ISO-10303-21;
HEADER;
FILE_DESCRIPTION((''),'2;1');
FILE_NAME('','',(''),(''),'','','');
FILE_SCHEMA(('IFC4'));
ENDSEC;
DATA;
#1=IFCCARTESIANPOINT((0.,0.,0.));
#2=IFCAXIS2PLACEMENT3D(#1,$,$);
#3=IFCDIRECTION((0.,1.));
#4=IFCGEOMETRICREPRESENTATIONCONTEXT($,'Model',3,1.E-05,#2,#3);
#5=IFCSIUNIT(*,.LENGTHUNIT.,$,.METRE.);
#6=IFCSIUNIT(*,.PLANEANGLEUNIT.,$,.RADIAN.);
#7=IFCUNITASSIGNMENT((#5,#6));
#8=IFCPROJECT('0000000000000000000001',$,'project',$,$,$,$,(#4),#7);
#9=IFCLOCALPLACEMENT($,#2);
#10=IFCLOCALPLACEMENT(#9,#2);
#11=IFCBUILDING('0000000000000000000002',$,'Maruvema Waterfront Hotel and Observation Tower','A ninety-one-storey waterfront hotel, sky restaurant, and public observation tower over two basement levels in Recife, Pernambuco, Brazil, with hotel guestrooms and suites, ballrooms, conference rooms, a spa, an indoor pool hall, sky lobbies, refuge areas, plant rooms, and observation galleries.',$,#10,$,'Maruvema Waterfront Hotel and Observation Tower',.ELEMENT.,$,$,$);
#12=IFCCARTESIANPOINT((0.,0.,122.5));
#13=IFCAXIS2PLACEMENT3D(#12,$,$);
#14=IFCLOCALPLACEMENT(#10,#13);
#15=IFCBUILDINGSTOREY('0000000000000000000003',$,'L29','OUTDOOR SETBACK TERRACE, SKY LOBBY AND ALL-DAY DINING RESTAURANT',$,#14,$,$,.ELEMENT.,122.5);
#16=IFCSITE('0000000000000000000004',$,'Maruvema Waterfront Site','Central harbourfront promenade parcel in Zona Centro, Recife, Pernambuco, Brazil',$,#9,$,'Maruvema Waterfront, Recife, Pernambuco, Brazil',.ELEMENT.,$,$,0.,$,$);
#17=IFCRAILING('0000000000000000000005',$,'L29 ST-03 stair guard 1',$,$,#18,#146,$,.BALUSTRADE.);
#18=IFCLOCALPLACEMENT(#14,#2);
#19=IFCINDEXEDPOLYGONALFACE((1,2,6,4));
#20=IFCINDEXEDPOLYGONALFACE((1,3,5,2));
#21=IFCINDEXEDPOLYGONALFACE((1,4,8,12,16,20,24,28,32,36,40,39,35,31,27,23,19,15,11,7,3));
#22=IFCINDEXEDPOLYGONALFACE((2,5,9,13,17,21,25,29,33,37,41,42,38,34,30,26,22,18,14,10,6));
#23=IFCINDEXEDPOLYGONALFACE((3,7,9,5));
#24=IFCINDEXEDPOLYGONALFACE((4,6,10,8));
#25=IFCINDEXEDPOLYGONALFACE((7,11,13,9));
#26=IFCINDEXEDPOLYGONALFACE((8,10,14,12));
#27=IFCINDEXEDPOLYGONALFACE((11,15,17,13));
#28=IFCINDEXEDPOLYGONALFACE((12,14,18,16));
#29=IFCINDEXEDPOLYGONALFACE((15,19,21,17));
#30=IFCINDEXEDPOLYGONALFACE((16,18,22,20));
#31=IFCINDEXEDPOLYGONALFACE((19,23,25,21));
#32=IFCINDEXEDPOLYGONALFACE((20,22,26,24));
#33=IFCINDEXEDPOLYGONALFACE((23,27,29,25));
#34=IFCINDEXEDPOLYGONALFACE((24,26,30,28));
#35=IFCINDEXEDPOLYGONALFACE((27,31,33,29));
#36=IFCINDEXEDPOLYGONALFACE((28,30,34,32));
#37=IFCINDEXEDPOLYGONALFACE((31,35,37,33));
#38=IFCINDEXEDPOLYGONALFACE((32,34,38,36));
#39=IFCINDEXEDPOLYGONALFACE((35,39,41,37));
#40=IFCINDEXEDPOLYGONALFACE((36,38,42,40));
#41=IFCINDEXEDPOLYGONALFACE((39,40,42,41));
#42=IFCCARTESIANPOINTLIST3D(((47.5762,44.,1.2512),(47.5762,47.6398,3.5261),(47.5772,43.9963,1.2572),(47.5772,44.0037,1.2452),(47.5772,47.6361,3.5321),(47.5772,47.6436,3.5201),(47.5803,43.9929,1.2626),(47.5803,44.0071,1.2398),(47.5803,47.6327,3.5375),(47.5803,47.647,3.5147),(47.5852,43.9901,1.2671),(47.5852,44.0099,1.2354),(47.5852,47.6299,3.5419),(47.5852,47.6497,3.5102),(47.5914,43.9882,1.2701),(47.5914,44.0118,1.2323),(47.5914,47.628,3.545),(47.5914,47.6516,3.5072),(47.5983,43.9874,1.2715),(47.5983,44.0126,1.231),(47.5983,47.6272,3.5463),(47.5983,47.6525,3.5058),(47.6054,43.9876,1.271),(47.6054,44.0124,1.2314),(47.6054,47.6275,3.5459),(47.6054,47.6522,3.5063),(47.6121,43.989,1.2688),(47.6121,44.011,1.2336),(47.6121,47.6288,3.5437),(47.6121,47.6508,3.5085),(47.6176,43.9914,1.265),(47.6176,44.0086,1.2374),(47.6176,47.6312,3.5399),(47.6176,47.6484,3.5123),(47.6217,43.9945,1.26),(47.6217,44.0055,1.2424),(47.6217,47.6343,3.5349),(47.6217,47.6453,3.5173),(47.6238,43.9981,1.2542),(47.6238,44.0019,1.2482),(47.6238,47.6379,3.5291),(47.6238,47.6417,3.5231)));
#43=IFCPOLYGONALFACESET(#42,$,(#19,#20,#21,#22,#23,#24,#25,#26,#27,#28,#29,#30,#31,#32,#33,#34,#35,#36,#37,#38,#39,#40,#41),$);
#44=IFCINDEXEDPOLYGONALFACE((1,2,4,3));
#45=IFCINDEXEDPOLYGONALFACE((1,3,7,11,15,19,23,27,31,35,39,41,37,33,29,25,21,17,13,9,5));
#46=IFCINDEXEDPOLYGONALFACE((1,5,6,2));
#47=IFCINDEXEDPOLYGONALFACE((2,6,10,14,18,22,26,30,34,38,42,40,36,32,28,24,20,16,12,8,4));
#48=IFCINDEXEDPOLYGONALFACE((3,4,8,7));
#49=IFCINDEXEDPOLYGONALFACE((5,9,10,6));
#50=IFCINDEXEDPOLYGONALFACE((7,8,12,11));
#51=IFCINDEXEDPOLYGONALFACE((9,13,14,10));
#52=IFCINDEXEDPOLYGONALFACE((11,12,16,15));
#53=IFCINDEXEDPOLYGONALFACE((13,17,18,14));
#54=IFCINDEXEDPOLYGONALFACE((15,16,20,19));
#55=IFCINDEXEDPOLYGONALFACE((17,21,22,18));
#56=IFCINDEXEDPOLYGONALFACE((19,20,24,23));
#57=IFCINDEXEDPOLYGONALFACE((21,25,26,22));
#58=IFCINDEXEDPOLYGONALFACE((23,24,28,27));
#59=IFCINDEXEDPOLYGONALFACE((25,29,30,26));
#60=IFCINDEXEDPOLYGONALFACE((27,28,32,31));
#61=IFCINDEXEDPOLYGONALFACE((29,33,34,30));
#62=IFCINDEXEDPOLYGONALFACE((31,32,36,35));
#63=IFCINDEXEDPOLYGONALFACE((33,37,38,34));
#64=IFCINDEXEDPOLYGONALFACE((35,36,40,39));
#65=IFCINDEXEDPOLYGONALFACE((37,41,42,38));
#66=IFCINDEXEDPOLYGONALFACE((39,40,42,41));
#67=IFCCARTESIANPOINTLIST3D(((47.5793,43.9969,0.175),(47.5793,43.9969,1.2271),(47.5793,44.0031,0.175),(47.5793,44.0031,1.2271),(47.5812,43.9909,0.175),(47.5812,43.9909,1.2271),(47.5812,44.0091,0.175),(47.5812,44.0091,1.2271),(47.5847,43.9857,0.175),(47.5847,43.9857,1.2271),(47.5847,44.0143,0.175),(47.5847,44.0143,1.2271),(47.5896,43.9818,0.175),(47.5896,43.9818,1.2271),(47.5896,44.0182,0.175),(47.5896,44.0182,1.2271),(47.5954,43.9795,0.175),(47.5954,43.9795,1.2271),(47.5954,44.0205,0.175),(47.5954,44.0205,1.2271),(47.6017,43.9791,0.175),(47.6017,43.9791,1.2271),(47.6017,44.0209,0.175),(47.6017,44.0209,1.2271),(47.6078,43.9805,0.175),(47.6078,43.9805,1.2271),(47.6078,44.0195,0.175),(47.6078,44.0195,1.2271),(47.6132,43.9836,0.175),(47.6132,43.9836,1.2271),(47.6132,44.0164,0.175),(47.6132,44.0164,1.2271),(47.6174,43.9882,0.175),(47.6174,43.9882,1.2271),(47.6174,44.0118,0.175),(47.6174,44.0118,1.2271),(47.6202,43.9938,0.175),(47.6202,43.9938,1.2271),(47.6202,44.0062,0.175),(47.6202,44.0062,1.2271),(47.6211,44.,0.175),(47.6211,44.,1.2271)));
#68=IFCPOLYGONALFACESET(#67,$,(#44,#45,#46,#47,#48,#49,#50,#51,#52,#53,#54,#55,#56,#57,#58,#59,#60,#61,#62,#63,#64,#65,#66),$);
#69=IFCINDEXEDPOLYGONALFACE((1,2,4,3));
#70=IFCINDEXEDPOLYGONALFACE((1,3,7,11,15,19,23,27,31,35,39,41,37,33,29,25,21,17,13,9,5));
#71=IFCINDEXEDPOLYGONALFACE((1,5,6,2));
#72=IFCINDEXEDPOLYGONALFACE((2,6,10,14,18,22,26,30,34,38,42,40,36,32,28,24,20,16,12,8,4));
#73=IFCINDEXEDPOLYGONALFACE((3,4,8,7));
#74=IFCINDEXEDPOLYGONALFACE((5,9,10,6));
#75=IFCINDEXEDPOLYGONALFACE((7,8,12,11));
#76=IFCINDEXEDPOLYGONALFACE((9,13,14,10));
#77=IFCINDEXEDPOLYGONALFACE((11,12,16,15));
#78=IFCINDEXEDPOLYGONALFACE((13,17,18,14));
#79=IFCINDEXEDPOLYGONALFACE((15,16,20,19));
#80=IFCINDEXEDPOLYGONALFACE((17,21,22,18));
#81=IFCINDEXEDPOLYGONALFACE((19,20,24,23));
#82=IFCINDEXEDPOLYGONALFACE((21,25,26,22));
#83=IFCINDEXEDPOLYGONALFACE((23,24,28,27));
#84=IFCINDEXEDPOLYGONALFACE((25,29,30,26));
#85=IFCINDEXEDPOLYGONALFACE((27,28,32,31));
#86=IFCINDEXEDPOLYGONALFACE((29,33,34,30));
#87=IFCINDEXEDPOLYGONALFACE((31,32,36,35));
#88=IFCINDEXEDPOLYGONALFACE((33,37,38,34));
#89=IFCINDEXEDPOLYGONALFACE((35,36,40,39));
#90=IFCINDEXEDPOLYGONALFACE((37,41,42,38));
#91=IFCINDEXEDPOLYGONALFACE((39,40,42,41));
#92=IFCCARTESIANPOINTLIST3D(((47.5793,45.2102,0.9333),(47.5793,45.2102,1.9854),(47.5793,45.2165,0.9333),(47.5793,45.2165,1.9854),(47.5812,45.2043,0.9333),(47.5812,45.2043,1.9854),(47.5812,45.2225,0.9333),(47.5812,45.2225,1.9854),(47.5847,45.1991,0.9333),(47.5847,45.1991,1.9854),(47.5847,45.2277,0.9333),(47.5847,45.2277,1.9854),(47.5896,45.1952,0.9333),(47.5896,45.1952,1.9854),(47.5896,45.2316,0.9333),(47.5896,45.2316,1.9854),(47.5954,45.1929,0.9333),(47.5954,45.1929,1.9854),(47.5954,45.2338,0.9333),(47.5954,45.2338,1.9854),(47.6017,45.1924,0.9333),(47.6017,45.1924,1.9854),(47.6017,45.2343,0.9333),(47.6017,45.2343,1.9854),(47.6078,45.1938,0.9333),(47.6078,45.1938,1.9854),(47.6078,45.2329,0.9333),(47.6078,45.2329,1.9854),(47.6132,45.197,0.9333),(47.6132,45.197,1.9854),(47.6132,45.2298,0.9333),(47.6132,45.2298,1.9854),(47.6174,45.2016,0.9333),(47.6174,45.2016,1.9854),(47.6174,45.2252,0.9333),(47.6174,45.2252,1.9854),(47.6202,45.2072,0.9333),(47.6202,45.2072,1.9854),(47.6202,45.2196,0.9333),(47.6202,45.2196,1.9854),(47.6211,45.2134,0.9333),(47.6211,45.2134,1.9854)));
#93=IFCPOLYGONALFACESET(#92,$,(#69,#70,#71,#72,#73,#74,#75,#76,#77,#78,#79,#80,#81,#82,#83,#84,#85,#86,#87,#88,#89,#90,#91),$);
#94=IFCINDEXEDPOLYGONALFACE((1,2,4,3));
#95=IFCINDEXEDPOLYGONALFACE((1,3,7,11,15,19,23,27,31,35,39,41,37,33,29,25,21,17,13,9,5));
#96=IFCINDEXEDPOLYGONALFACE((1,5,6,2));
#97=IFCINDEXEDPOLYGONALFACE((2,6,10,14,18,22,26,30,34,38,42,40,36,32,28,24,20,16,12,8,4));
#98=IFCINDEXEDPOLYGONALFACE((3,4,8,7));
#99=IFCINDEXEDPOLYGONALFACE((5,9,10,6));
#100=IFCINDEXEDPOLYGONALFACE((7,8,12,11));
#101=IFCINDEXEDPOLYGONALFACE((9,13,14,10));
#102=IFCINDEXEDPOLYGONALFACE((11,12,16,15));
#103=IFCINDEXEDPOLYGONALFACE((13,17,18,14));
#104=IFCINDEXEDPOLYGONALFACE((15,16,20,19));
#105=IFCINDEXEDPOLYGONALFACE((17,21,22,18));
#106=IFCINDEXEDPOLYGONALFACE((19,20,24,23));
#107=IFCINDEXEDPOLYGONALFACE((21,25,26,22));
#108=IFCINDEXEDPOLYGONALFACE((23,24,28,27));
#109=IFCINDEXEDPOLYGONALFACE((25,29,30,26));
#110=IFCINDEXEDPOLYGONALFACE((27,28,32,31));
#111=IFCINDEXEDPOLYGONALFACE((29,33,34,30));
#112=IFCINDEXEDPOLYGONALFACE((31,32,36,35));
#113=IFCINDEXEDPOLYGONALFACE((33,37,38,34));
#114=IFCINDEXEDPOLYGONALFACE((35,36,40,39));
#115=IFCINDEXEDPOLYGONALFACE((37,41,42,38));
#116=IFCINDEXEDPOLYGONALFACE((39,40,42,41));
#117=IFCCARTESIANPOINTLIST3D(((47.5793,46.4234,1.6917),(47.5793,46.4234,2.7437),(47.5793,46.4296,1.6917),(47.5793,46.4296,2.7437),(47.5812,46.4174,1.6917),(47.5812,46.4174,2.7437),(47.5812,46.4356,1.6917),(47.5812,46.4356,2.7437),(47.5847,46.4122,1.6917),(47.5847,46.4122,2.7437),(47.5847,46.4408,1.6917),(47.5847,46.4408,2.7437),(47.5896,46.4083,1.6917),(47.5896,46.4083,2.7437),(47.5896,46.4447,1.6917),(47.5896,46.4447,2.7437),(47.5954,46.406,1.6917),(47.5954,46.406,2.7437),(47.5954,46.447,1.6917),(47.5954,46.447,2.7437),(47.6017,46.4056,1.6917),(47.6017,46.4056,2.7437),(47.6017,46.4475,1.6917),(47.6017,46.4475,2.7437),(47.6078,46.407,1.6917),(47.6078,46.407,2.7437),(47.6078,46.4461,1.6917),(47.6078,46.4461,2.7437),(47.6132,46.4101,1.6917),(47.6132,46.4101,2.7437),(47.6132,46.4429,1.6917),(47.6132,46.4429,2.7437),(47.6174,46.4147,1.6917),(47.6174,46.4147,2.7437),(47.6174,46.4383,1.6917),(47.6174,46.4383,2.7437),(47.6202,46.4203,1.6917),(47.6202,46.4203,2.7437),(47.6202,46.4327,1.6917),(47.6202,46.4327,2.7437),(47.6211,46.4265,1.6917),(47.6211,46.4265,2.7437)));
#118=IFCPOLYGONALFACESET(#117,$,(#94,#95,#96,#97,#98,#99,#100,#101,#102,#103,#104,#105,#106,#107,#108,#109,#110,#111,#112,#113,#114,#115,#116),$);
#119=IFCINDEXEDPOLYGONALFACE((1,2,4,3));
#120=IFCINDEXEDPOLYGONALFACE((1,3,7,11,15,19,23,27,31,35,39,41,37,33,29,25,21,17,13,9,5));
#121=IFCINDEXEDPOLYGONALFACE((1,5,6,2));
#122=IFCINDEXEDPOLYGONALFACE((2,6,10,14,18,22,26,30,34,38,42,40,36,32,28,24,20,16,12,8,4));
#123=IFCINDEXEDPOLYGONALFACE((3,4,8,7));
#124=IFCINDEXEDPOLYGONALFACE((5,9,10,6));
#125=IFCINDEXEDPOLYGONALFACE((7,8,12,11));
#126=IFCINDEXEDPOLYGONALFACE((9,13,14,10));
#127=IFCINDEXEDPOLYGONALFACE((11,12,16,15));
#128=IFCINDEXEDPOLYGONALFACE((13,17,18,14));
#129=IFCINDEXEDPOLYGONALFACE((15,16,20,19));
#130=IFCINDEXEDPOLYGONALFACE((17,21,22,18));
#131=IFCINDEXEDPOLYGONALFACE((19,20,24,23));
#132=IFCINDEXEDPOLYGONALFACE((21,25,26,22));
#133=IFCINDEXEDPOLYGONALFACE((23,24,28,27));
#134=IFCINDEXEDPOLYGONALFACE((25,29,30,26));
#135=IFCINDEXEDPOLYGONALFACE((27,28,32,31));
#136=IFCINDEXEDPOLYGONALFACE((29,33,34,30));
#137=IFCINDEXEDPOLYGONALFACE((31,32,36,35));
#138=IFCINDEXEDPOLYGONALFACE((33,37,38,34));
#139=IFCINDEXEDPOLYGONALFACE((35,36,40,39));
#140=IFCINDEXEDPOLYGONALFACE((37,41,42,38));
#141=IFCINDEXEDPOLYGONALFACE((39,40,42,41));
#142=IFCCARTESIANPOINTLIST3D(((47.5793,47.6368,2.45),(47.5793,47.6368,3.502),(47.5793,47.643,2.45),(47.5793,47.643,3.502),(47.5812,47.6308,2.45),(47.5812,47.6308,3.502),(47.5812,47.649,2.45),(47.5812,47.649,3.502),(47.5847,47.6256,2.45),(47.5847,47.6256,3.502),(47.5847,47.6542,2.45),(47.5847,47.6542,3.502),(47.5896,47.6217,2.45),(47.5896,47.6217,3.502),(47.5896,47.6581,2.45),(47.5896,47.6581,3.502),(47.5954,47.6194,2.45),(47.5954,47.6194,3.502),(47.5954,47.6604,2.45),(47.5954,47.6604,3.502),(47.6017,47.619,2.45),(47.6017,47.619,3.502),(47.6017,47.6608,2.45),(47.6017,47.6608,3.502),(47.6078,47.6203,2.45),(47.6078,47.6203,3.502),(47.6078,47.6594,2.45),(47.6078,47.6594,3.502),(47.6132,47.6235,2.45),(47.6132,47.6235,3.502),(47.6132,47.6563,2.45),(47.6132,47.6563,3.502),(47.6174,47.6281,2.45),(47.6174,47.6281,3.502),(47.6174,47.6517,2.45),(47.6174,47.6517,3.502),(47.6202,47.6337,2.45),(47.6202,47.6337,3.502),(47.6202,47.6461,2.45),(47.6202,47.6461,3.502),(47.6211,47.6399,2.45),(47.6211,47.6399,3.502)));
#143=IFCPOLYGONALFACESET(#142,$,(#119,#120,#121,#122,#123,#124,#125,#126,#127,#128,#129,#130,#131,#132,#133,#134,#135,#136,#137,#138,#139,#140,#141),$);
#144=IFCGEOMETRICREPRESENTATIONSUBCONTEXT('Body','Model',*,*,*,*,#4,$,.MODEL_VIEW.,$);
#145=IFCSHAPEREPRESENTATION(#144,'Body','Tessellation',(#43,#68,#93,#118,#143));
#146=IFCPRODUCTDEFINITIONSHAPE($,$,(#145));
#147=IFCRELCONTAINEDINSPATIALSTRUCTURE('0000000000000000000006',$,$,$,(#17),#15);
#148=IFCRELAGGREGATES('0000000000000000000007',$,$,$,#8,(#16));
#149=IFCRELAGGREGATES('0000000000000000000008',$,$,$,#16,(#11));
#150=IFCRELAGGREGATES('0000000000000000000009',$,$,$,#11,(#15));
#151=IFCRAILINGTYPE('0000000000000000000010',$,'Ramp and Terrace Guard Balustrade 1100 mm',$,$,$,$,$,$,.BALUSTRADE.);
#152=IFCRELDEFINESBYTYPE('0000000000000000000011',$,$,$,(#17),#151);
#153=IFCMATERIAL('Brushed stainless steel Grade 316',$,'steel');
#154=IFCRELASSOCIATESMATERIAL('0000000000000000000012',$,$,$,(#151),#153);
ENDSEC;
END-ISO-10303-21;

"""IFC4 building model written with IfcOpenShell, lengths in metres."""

from ifc_helpers import new_model, si_unit, direction, frame, origin, origin_2d, place, context, subcontext, project, spatial, circle, extrude, material, type_object, element, save


model = new_model("IFC4")

# Units and contexts
model_context = context("Model", 3, precision=1e-05, world=origin(), true_north=direction((0.0, 1.0)))
body_context = subcontext(model_context, "Body", "Model", "MODEL_VIEW")
ifc_project = project(units=[si_unit("LENGTHUNIT", "METRE"), si_unit("PLANEANGLEUNIT", "RADIAN")], contexts=[model_context])

# Site, building, storey
site_placement = place(None, origin())
site = spatial("IfcSite", under=ifc_project, at=site_placement, Name="Maruvema Waterfront Site", Description="Central harbourfront promenade parcel in Zona Centro, Recife, Pernambuco, Brazil", LongName="Maruvema Waterfront, Recife, Pernambuco, Brazil", CompositionType="ELEMENT", RefElevation=0.0)
building_placement = place(site_placement, origin())
building = spatial("IfcBuilding", under=site, at=building_placement, Name="Maruvema Waterfront Hotel and Observation Tower", Description="A ninety-one-storey waterfront hotel, sky restaurant, and public observation tower over two basement levels in Recife, Pernambuco, Brazil, with hotel guestrooms and suites, ballrooms, conference rooms, a spa, an indoor pool hall, sky lobbies, refuge areas, plant rooms, and observation galleries.", LongName="Maruvema Waterfront Hotel and Observation Tower", CompositionType="ELEMENT")
storey_placement = place(building_placement, frame((0.0, 0.0, 122.5)))
storey = spatial("IfcBuildingStorey", under=building, at=storey_placement, Name="L29", Description="OUTDOOR SETBACK TERRACE, SKY LOBBY AND ALL-DAY DINING RESTAURANT", CompositionType="ELEMENT", Elevation=122.5)

# Railing
ifc_material_1 = material(Name="Brushed stainless steel Grade 316", Category="steel")
railing_type_1 = type_object("IfcRailingType", Name="Ramp and Terrace Guard Balustrade 1100 mm", PredefinedType="BALUSTRADE", material=ifc_material_1)
railing_1_placement = place(storey_placement, frame((47.6001, 44.0, 0.175)))
element("IfcRailing", 1, at=railing_1_placement, inside=storey, type_object=railing_type_1, Name="L29 ST-03 stair guard 1", PredefinedType="BALUSTRADE", context=body_context, shape_type="SweptSolid", body=[
    extrude(circle(Radius=0.0239, at=origin_2d()), frame((0.0, 0.0, 1.0762), z_axis=(0.0, 0.848001, 0.529994), x_axis=(-1.0, 0.0, 0.0)), (0.0, 0.0, 1.0), 4.2922),
    extrude(circle(Radius=0.021, at=origin_2d()), origin(), (0.0, 0.0, 1.0), 1.052),
    extrude(circle(Radius=0.021, at=origin_2d()), frame((0.0, 1.2134, 0.7583)), (0.0, 0.0, 1.0), 1.052),
    extrude(circle(Radius=0.021, at=origin_2d()), frame((0.0, 2.4265, 1.5166)), (0.0, 0.0, 1.0), 1.052),
    extrude(circle(Radius=0.021, at=origin_2d()), frame((0.0, 3.6399, 2.2749)), (0.0, 0.0, 1.0), 1.052),
])

save(model, "model.ifc")
